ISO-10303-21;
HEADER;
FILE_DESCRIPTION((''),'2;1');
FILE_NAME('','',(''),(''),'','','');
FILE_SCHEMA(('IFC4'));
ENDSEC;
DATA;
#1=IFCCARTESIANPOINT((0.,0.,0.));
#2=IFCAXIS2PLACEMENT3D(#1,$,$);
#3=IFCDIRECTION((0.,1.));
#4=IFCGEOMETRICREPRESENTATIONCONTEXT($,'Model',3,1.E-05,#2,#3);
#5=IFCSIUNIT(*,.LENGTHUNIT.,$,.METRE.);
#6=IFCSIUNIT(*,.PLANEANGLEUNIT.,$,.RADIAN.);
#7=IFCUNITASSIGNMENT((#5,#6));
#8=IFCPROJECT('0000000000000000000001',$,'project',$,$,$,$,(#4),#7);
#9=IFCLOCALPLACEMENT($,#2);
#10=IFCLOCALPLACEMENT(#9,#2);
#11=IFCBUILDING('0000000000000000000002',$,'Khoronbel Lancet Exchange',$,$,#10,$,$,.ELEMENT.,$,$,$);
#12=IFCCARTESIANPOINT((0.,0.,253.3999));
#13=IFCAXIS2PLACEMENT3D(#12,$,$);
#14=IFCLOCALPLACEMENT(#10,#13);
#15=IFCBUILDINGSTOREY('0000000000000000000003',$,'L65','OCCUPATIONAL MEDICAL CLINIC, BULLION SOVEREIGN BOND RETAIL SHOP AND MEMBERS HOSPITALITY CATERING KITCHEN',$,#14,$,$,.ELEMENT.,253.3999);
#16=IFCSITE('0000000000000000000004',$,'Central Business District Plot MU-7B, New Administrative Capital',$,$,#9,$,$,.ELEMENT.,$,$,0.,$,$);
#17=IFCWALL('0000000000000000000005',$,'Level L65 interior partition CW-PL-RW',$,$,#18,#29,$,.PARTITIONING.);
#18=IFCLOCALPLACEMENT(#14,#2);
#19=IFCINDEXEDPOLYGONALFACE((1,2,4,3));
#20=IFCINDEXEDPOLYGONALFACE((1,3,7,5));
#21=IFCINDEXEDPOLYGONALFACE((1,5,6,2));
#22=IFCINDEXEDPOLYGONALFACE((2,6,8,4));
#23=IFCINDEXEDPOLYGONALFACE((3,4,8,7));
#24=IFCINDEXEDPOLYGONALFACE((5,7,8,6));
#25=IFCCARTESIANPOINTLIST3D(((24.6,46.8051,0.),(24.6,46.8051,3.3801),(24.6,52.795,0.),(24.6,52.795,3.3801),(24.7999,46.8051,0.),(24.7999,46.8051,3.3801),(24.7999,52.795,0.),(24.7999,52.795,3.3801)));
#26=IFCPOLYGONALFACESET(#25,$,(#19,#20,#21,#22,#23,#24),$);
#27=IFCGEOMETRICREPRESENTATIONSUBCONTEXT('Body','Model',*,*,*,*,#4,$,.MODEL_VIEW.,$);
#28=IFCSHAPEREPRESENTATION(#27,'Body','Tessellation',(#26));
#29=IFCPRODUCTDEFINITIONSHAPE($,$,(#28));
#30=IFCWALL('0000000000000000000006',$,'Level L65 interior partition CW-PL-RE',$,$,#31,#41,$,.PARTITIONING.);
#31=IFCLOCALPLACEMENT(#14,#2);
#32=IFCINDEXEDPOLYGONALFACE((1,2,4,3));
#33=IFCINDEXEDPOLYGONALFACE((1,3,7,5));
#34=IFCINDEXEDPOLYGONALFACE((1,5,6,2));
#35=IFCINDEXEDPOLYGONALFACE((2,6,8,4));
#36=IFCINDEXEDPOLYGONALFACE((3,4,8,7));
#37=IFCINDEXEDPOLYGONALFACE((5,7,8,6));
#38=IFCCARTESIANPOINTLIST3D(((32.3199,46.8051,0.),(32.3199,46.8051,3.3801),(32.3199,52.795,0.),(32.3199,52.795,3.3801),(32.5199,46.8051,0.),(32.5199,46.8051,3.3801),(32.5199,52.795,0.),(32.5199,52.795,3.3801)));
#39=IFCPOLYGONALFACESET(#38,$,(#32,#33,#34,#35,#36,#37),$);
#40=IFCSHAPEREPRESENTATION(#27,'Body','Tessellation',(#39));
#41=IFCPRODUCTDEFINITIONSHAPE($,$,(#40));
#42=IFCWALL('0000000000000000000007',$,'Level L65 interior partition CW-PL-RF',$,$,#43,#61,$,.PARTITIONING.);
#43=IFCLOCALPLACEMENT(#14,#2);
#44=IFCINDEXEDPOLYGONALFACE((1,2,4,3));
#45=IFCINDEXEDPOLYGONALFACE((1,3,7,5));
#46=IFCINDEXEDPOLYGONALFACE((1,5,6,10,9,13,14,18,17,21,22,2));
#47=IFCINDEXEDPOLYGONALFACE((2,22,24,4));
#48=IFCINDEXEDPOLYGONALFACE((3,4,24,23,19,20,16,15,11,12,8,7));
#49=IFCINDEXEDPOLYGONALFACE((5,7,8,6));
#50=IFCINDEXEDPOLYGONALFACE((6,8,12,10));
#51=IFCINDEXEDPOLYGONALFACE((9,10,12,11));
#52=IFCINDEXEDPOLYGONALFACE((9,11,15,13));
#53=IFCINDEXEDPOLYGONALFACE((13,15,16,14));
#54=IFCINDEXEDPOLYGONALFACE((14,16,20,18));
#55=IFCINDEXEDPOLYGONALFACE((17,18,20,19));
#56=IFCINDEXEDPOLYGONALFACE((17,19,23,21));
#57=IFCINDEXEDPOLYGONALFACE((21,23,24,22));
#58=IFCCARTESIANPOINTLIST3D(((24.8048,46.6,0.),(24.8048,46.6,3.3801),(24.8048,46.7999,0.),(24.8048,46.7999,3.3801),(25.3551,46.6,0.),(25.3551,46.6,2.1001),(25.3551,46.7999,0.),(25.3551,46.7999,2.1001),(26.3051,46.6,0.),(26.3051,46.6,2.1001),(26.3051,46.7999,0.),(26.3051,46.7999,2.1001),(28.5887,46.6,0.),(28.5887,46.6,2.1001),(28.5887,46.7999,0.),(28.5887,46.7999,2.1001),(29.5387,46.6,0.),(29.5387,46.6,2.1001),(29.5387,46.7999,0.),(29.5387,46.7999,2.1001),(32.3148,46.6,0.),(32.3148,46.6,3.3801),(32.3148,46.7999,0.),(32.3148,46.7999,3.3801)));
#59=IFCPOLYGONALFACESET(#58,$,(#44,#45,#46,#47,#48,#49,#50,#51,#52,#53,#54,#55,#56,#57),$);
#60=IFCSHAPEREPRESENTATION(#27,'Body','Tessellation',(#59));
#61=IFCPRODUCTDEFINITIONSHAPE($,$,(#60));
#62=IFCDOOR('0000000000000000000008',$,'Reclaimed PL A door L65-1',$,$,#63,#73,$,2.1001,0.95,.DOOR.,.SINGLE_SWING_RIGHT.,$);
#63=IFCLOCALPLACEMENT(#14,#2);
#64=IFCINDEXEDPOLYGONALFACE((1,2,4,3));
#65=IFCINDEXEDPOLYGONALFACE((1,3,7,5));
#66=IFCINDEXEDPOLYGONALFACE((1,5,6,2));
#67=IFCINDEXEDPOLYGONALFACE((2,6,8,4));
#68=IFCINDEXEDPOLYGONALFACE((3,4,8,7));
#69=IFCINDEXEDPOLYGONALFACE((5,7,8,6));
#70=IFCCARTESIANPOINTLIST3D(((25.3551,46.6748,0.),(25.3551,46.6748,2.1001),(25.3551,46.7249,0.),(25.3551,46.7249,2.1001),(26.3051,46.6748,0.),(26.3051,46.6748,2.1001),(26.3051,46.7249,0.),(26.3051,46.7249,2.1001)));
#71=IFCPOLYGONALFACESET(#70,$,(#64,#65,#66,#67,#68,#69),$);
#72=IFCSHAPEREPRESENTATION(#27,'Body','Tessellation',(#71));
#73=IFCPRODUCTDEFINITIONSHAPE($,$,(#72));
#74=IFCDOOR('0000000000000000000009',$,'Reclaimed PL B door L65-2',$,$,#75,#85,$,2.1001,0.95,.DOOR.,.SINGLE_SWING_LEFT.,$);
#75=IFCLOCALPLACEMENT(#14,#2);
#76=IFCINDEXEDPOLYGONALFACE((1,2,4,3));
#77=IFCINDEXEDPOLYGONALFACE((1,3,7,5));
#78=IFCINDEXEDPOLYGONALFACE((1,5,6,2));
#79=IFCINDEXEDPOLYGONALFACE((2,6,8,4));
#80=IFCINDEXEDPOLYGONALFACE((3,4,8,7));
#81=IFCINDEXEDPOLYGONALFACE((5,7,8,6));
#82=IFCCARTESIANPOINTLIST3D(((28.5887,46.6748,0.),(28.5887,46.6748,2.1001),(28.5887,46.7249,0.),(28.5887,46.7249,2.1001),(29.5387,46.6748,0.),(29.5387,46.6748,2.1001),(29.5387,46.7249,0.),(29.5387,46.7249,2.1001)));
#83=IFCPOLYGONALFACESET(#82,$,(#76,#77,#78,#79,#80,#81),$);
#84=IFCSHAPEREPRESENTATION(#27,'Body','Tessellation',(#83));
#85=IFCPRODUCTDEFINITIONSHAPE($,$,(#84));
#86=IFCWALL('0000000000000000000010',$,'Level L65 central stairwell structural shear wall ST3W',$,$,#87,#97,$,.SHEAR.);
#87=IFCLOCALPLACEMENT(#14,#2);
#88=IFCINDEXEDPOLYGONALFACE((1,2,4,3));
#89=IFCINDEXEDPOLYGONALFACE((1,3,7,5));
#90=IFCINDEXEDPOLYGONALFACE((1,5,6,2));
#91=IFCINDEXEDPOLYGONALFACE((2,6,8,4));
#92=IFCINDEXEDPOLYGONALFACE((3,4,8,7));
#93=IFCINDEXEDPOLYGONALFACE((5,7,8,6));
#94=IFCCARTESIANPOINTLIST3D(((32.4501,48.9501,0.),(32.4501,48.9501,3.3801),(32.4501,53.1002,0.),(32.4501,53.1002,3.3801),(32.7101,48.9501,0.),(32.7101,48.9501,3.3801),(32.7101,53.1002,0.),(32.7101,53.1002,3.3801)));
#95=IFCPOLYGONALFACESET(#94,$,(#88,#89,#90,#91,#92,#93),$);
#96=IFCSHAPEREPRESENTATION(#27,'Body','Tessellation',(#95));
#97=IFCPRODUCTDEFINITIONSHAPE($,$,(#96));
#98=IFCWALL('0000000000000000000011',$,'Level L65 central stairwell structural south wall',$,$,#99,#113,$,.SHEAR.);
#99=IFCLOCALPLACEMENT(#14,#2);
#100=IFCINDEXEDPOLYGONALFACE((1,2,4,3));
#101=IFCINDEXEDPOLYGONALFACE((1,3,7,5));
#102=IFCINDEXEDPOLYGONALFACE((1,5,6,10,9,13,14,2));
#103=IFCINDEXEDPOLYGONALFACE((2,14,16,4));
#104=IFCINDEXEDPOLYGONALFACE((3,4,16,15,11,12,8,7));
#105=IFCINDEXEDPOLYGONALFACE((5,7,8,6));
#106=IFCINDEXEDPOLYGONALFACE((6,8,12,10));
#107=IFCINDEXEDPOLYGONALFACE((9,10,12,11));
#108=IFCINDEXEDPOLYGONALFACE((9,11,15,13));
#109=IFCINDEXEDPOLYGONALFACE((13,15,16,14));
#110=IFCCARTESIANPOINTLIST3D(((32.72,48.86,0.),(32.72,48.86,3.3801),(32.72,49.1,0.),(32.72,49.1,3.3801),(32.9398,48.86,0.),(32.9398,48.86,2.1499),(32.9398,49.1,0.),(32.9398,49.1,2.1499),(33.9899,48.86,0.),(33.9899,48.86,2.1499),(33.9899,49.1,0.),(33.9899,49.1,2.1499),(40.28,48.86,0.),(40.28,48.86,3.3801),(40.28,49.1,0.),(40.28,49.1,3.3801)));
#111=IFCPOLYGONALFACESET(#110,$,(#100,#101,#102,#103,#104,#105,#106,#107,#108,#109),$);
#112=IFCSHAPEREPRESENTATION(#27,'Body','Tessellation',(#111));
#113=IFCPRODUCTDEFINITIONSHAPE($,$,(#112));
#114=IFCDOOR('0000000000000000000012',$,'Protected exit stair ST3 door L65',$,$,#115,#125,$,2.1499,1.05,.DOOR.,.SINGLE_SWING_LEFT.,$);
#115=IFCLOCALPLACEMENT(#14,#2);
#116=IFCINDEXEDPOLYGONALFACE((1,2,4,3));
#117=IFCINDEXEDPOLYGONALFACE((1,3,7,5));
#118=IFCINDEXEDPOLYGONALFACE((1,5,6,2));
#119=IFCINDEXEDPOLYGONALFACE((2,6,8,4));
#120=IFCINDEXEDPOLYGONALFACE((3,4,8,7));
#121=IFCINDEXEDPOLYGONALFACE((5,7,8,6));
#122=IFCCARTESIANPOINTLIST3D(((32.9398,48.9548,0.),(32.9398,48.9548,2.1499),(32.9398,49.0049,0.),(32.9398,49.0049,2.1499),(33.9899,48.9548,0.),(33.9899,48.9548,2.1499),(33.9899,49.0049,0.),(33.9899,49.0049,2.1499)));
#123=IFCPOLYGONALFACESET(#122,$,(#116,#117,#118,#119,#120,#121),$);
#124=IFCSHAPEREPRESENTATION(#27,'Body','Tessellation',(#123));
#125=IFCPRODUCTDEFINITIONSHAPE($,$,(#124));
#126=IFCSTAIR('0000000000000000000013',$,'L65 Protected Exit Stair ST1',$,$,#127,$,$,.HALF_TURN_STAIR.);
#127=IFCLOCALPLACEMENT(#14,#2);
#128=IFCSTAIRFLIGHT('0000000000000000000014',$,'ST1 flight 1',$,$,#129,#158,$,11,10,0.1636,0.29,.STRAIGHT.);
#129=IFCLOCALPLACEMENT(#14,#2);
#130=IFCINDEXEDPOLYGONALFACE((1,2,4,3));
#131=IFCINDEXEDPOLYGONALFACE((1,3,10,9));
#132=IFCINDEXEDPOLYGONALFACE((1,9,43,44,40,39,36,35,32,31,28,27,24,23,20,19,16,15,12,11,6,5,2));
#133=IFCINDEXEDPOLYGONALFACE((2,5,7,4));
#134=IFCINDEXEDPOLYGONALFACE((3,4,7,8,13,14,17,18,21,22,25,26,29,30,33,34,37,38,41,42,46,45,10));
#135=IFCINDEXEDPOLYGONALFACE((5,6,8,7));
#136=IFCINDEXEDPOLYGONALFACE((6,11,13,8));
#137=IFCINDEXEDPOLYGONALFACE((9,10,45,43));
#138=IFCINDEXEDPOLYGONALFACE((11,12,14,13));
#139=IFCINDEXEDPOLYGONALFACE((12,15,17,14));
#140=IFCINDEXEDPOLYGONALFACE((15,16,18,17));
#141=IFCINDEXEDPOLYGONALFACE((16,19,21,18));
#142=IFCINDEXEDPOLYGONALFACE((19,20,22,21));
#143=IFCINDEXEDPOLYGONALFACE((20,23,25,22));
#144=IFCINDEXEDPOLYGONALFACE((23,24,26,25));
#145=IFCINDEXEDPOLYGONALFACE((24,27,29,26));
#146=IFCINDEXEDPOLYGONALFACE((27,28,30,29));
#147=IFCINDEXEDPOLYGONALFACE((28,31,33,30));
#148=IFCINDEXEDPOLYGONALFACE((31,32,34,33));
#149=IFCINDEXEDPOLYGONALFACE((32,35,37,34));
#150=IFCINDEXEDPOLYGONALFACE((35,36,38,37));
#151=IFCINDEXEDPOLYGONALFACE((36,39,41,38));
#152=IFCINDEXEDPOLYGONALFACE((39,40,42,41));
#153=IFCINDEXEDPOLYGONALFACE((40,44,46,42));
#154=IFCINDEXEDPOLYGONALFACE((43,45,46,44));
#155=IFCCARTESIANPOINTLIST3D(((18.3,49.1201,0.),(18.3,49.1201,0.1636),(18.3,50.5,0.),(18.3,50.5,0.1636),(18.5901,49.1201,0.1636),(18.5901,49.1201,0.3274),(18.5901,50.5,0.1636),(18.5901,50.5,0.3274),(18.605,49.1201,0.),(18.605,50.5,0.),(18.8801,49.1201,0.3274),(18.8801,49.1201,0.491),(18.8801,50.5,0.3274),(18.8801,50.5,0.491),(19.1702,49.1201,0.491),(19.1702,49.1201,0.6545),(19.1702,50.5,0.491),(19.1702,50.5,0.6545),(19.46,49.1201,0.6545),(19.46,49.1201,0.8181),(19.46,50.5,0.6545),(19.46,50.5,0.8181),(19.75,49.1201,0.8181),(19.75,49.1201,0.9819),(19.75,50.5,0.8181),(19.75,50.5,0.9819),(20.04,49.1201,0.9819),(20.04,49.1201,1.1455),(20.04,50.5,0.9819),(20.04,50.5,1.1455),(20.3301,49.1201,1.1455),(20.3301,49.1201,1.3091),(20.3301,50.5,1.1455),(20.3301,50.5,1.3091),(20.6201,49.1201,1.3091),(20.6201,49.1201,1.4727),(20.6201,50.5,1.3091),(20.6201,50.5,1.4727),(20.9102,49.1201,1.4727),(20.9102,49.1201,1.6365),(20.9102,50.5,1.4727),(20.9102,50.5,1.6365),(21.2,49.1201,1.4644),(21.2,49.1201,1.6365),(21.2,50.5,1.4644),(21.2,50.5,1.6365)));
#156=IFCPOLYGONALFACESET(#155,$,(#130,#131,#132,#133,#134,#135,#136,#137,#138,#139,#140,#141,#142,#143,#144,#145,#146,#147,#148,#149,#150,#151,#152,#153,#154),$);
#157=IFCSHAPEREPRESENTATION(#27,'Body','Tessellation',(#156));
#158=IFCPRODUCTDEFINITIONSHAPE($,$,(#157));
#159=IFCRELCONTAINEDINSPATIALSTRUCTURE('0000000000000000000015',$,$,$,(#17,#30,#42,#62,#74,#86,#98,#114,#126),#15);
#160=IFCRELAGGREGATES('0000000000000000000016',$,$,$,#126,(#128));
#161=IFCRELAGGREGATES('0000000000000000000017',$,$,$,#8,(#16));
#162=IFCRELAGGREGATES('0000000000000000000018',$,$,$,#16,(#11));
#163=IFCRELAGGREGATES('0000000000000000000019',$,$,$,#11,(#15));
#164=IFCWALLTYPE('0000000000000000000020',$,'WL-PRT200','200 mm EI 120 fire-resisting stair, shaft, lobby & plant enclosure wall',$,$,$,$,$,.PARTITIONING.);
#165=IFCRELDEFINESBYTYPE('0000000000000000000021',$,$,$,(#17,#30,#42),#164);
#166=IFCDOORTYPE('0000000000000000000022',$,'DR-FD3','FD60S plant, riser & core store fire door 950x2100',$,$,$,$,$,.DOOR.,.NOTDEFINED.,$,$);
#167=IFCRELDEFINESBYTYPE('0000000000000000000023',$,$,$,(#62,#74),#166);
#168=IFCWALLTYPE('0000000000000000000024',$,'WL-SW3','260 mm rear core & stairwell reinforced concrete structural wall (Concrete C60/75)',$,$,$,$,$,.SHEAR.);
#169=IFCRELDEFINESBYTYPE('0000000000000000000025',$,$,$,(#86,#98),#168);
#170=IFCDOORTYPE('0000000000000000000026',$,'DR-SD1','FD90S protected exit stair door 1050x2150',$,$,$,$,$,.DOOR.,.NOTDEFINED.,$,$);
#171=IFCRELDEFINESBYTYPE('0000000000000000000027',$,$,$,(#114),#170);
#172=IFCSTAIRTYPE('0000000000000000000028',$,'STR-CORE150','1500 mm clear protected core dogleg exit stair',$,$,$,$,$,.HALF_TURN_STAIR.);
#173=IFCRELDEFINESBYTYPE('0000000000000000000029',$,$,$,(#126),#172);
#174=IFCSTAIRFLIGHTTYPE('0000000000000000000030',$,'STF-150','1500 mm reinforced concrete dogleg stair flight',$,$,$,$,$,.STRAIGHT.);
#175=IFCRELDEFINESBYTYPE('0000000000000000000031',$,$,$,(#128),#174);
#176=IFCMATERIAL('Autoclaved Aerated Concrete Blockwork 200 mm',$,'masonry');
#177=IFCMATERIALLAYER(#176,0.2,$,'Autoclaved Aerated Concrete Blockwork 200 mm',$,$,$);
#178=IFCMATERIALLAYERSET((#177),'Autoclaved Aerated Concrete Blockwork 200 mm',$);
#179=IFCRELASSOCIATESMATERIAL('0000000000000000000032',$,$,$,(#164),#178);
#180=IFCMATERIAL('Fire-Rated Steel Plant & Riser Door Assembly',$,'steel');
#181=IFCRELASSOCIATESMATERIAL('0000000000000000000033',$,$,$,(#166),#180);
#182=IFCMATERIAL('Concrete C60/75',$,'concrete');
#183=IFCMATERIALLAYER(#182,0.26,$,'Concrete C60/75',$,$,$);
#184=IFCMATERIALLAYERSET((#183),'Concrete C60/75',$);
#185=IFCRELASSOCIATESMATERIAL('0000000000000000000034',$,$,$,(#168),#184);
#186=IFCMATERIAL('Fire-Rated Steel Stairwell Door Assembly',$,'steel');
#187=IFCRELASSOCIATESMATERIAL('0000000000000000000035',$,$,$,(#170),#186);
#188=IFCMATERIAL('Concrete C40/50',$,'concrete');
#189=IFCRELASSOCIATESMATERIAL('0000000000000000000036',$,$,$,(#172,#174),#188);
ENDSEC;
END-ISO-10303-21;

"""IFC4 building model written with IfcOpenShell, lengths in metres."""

from ifc_helpers import new_model, si_unit, direction, frame, frame_2d, origin, place, context, subcontext, project, spatial, polyline, rectangle, outline, extrude, material, layer, layer_set, type_object, element, fill, aggregate, save


model = new_model("IFC4")

# Units and contexts
model_context = context("Model", 3, precision=1e-05, world=origin(), true_north=direction((0.0, 1.0)))
body_context = subcontext(model_context, "Body", "Model", "MODEL_VIEW")
ifc_project = project(units=[si_unit("LENGTHUNIT", "METRE"), si_unit("PLANEANGLEUNIT", "RADIAN")], contexts=[model_context])

# Site, building, storey
site_placement = place(None, origin())
site = spatial("IfcSite", under=ifc_project, at=site_placement, Name="Central Business District Plot MU-7B, New Administrative Capital", CompositionType="ELEMENT", RefElevation=0.0)
building_placement = place(site_placement, origin())
building = spatial("IfcBuilding", under=site, at=building_placement, Name="Khoronbel Lancet Exchange", CompositionType="ELEMENT")
storey_placement = place(building_placement, frame((0.0, 0.0, 253.3999)))
storey = spatial("IfcBuildingStorey", under=building, at=storey_placement, Name="L65", Description="OCCUPATIONAL MEDICAL CLINIC, BULLION SOVEREIGN BOND RETAIL SHOP AND MEMBERS HOSPITALITY CATERING KITCHEN", CompositionType="ELEMENT", Elevation=253.3999)

# Shared definitions
ifc_material_1 = material(Name="Autoclaved Aerated Concrete Blockwork 200 mm", Category="masonry")
ifc_layer_1 = layer(ifc_material_1, 0.2, Name="Autoclaved Aerated Concrete Blockwork 200 mm")
ifc_layer_set_1 = layer_set([ifc_layer_1], Name="Autoclaved Aerated Concrete Blockwork 200 mm")
wall_type_1 = type_object("IfcWallType", Name="WL-PRT200", Description="200 mm EI 120 fire-resisting stair, shaft, lobby & plant enclosure wall", PredefinedType="PARTITIONING", material=ifc_layer_set_1)

# Walls
for number, where, z_axis, x_axis, name in (
    (1, (24.7, 46.8049, 0.0), (0.0, 0.0, 1.0), (0.0, 1.0, 0.0), "Level L65 interior partition CW-PL-RW"),
    (2, (32.4199, 46.8049, 0.0), (0.0, 0.0, 1.0), (0.0, 1.0, 0.0), "Level L65 interior partition CW-PL-RE"),
):
    element("IfcWall", number, at=place(storey_placement, frame(where, z_axis=z_axis, x_axis=x_axis)), inside=storey, type_object=wall_type_1, Name=name, PredefinedType="PARTITIONING", context=body_context, shape_type="SweptSolid", body=[
        extrude(rectangle(XDim=5.99, YDim=0.2, at=frame_2d((2.9951, 0.0))), origin(), (0.0, 0.0, 1.0), 3.3801),
    ])

# Wall, openings, doors
wall_1_placement = place(storey_placement, frame((24.8049, 46.7, 0.0), z_axis=(0.0, 0.0, 1.0), x_axis=(1.0, 0.0, 0.0)))
wall_1 = element("IfcWall", 3, at=wall_1_placement, inside=storey, type_object=wall_type_1, Name="Level L65 interior partition CW-PL-RF", PredefinedType="PARTITIONING", context=body_context, shape_type="SweptSolid", body=[
    extrude(rectangle(XDim=7.51, YDim=0.2, at=frame_2d((3.7549, 0.0))), origin(), (0.0, 0.0, 1.0), 3.3801),
])
opening_1_placement = place(wall_1_placement, frame((0.55, 0.0, 0.0)))
opening_1 = element("IfcOpeningElement", 4, at=opening_1_placement, cuts=wall_1, PredefinedType="OPENING", context=body_context, shape_type="SweptSolid", body=[
    extrude(rectangle(XDim=0.95, YDim=2.1001, at=frame_2d((0.4751, 1.05))), frame((0.0, 0.1099, 0.0), z_axis=(0.0, -1.0, 0.0), x_axis=(1.0, 0.0, 0.0)), (0.0, 0.0, 1.0), 0.22),
])
opening_2_placement = place(wall_1_placement, frame((3.7837, 0.0, 0.0)))
opening_2 = element("IfcOpeningElement", 5, at=opening_2_placement, cuts=wall_1, PredefinedType="OPENING", context=body_context, shape_type="SweptSolid", body=[
    extrude(rectangle(XDim=0.95, YDim=2.1001, at=frame_2d((0.4751, 1.05))), frame((0.0, 0.1099, 0.0), z_axis=(0.0, -1.0, 0.0), x_axis=(1.0, 0.0, 0.0)), (0.0, 0.0, 1.0), 0.22),
])
ifc_material_2 = material(Name="Fire-Rated Steel Plant & Riser Door Assembly", Category="steel")
door_type_1 = type_object("IfcDoorType", Name="DR-FD3", Description="FD60S plant, riser & core store fire door 950x2100", OperationType="NOTDEFINED", PredefinedType="DOOR", material=ifc_material_2)
door_1_placement = place(opening_1_placement, origin())
door_1 = element("IfcDoor", 6, at=door_1_placement, inside=storey, type_object=door_type_1, Name="Reclaimed PL A door L65-1", OperationType="SINGLE_SWING_RIGHT", OverallHeight=2.1001, OverallWidth=0.95, PredefinedType="DOOR", context=body_context, shape_type="SweptSolid", body=[
    extrude(rectangle(XDim=0.95, YDim=2.1001, at=frame_2d((0.4751, 1.05))), frame((0.0, 0.0249, 0.0), z_axis=(0.0, -1.0, 0.0), x_axis=(1.0, 0.0, 0.0)), (0.0, 0.0, 1.0), 0.05),
])
fill(opening_1, door_1)
door_2_placement = place(opening_2_placement, origin())
door_2 = element("IfcDoor", 7, at=door_2_placement, inside=storey, type_object=door_type_1, Name="Reclaimed PL B door L65-2", OperationType="SINGLE_SWING_LEFT", OverallHeight=2.1001, OverallWidth=0.95, PredefinedType="DOOR", context=body_context, shape_type="SweptSolid", body=[
    extrude(rectangle(XDim=0.95, YDim=2.1001, at=frame_2d((0.4751, 1.05))), frame((0.0, 0.0249, 0.0), z_axis=(0.0, -1.0, 0.0), x_axis=(1.0, 0.0, 0.0)), (0.0, 0.0, 1.0), 0.05),
])
fill(opening_2, door_2)

# Wall
ifc_material_3 = material(Name="Concrete C60/75", Category="concrete")
ifc_layer_2 = layer(ifc_material_3, 0.26, Name="Concrete C60/75")
ifc_layer_set_2 = layer_set([ifc_layer_2], Name="Concrete C60/75")
wall_type_2 = type_object("IfcWallType", Name="WL-SW3", Description="260 mm rear core & stairwell reinforced concrete structural wall (Concrete C60/75)", PredefinedType="SHEAR", material=ifc_layer_set_2)
wall_2_placement = place(storey_placement, frame((32.5801, 48.95, 0.0), z_axis=(0.0, 0.0, 1.0), x_axis=(0.0, 1.0, 0.0)))
element("IfcWall", 8, at=wall_2_placement, inside=storey, type_object=wall_type_2, Name="Level L65 central stairwell structural shear wall ST3W", PredefinedType="SHEAR", context=body_context, shape_type="SweptSolid", body=[
    extrude(rectangle(XDim=4.1501, YDim=0.26, at=frame_2d((2.0752, 0.0))), origin(), (0.0, 0.0, 1.0), 3.3801),
])

# Wall, opening, door
wall_3_placement = place(storey_placement, frame((32.72, 48.98, 0.0), z_axis=(0.0, 0.0, 1.0), x_axis=(1.0, 0.0, 0.0)))
wall_3 = element("IfcWall", 9, at=wall_3_placement, inside=storey, type_object=wall_type_2, Name="Level L65 central stairwell structural south wall", PredefinedType="SHEAR", context=body_context, shape_type="SweptSolid", body=[
    extrude(rectangle(XDim=7.5601, YDim=0.24, at=frame_2d((3.78, 0.0))), origin(), (0.0, 0.0, 1.0), 3.3801),
])
opening_3_placement = place(wall_3_placement, frame((0.22, 0.0, 0.0)))
opening_3 = element("IfcOpeningElement", 10, at=opening_3_placement, cuts=wall_3, PredefinedType="OPENING", context=body_context, shape_type="SweptSolid", body=[
    extrude(rectangle(XDim=1.05, YDim=2.1499, at=frame_2d((0.5249, 1.075))), frame((0.0, 0.1299, 0.0), z_axis=(0.0, -1.0, 0.0), x_axis=(1.0, 0.0, 0.0)), (0.0, 0.0, 1.0), 0.26),
])
ifc_material_4 = material(Name="Fire-Rated Steel Stairwell Door Assembly", Category="steel")
door_type_2 = type_object("IfcDoorType", Name="DR-SD1", Description="FD90S protected exit stair door 1050x2150", OperationType="NOTDEFINED", PredefinedType="DOOR", material=ifc_material_4)
door_3_placement = place(opening_3_placement, origin())
door_3 = element("IfcDoor", 11, at=door_3_placement, inside=storey, type_object=door_type_2, Name="Protected exit stair ST3 door L65", OperationType="SINGLE_SWING_LEFT", OverallHeight=2.1499, OverallWidth=1.05, PredefinedType="DOOR", context=body_context, shape_type="SweptSolid", body=[
    extrude(rectangle(XDim=1.05, YDim=2.1499, at=frame_2d((0.5249, 1.075))), frame((0.0, 0.0249, 0.0), z_axis=(0.0, -1.0, 0.0), x_axis=(1.0, 0.0, 0.0)), (0.0, 0.0, 1.0), 0.05),
])
fill(opening_3, door_3)

# Stair, stair flight
ifc_material_5 = material(Name="Concrete C40/50", Category="concrete")
stair_type = type_object("IfcStairType", Name="STR-CORE150", Description="1500 mm clear protected core dogleg exit stair", PredefinedType="HALF_TURN_STAIR", material=ifc_material_5)
stair_placement = place(storey_placement, origin())
stair = element("IfcStair", 12, at=stair_placement, inside=storey, type_object=stair_type, Name="L65 Protected Exit Stair ST1", PredefinedType="HALF_TURN_STAIR")
stair_flight_type = type_object("IfcStairFlightType", Name="STF-150", Description="1500 mm reinforced concrete dogleg stair flight", PredefinedType="STRAIGHT", material=ifc_material_5)
stair_flight_1_placement = place(storey_placement, frame((18.3, 49.8101, 0.0), z_axis=(0.0, 0.0, 1.0), x_axis=(1.0, 0.0, 0.0)))
stair_flight_1 = element("IfcStairFlight", 13, at=stair_flight_1_placement, type_object=stair_flight_type, Name="ST1 flight 1", NumberOfRisers=11, NumberOfTreads=10, PredefinedType="STRAIGHT", RiserHeight=0.1636, TreadLength=0.29, context=body_context, shape_type="SweptSolid", body=[
    extrude(outline(polyline([(0.0, 0.0), (0.0, 0.1636), (0.29, 0.1636), (0.29, 0.3274), (0.5801, 0.3274), (0.5801, 0.491), (0.8701, 0.491), (0.8701, 0.6545), (1.1599, 0.6545), (1.1599, 0.8181), (1.45, 0.8181), (1.45, 0.9819), (1.74, 0.9819), (1.74, 1.1455), (2.03, 1.1455), (2.03, 1.3091), (2.3201, 1.3091), (2.3201, 1.4727), (2.6101, 1.4727), (2.6101, 1.6365), (2.8999, 1.6365), (2.8999, 1.8), (2.8999, 1.4644), (0.3049, 0.0), (0.0, 0.0)])), frame((0.0, 0.6899, 0.0), z_axis=(0.0, -1.0, 0.0), x_axis=(1.0, 0.0, 0.0)), (0.0, 0.0, 1.0), 1.3799),
])
aggregate(stair, [stair_flight_1])

save(model, "model.ifc")
